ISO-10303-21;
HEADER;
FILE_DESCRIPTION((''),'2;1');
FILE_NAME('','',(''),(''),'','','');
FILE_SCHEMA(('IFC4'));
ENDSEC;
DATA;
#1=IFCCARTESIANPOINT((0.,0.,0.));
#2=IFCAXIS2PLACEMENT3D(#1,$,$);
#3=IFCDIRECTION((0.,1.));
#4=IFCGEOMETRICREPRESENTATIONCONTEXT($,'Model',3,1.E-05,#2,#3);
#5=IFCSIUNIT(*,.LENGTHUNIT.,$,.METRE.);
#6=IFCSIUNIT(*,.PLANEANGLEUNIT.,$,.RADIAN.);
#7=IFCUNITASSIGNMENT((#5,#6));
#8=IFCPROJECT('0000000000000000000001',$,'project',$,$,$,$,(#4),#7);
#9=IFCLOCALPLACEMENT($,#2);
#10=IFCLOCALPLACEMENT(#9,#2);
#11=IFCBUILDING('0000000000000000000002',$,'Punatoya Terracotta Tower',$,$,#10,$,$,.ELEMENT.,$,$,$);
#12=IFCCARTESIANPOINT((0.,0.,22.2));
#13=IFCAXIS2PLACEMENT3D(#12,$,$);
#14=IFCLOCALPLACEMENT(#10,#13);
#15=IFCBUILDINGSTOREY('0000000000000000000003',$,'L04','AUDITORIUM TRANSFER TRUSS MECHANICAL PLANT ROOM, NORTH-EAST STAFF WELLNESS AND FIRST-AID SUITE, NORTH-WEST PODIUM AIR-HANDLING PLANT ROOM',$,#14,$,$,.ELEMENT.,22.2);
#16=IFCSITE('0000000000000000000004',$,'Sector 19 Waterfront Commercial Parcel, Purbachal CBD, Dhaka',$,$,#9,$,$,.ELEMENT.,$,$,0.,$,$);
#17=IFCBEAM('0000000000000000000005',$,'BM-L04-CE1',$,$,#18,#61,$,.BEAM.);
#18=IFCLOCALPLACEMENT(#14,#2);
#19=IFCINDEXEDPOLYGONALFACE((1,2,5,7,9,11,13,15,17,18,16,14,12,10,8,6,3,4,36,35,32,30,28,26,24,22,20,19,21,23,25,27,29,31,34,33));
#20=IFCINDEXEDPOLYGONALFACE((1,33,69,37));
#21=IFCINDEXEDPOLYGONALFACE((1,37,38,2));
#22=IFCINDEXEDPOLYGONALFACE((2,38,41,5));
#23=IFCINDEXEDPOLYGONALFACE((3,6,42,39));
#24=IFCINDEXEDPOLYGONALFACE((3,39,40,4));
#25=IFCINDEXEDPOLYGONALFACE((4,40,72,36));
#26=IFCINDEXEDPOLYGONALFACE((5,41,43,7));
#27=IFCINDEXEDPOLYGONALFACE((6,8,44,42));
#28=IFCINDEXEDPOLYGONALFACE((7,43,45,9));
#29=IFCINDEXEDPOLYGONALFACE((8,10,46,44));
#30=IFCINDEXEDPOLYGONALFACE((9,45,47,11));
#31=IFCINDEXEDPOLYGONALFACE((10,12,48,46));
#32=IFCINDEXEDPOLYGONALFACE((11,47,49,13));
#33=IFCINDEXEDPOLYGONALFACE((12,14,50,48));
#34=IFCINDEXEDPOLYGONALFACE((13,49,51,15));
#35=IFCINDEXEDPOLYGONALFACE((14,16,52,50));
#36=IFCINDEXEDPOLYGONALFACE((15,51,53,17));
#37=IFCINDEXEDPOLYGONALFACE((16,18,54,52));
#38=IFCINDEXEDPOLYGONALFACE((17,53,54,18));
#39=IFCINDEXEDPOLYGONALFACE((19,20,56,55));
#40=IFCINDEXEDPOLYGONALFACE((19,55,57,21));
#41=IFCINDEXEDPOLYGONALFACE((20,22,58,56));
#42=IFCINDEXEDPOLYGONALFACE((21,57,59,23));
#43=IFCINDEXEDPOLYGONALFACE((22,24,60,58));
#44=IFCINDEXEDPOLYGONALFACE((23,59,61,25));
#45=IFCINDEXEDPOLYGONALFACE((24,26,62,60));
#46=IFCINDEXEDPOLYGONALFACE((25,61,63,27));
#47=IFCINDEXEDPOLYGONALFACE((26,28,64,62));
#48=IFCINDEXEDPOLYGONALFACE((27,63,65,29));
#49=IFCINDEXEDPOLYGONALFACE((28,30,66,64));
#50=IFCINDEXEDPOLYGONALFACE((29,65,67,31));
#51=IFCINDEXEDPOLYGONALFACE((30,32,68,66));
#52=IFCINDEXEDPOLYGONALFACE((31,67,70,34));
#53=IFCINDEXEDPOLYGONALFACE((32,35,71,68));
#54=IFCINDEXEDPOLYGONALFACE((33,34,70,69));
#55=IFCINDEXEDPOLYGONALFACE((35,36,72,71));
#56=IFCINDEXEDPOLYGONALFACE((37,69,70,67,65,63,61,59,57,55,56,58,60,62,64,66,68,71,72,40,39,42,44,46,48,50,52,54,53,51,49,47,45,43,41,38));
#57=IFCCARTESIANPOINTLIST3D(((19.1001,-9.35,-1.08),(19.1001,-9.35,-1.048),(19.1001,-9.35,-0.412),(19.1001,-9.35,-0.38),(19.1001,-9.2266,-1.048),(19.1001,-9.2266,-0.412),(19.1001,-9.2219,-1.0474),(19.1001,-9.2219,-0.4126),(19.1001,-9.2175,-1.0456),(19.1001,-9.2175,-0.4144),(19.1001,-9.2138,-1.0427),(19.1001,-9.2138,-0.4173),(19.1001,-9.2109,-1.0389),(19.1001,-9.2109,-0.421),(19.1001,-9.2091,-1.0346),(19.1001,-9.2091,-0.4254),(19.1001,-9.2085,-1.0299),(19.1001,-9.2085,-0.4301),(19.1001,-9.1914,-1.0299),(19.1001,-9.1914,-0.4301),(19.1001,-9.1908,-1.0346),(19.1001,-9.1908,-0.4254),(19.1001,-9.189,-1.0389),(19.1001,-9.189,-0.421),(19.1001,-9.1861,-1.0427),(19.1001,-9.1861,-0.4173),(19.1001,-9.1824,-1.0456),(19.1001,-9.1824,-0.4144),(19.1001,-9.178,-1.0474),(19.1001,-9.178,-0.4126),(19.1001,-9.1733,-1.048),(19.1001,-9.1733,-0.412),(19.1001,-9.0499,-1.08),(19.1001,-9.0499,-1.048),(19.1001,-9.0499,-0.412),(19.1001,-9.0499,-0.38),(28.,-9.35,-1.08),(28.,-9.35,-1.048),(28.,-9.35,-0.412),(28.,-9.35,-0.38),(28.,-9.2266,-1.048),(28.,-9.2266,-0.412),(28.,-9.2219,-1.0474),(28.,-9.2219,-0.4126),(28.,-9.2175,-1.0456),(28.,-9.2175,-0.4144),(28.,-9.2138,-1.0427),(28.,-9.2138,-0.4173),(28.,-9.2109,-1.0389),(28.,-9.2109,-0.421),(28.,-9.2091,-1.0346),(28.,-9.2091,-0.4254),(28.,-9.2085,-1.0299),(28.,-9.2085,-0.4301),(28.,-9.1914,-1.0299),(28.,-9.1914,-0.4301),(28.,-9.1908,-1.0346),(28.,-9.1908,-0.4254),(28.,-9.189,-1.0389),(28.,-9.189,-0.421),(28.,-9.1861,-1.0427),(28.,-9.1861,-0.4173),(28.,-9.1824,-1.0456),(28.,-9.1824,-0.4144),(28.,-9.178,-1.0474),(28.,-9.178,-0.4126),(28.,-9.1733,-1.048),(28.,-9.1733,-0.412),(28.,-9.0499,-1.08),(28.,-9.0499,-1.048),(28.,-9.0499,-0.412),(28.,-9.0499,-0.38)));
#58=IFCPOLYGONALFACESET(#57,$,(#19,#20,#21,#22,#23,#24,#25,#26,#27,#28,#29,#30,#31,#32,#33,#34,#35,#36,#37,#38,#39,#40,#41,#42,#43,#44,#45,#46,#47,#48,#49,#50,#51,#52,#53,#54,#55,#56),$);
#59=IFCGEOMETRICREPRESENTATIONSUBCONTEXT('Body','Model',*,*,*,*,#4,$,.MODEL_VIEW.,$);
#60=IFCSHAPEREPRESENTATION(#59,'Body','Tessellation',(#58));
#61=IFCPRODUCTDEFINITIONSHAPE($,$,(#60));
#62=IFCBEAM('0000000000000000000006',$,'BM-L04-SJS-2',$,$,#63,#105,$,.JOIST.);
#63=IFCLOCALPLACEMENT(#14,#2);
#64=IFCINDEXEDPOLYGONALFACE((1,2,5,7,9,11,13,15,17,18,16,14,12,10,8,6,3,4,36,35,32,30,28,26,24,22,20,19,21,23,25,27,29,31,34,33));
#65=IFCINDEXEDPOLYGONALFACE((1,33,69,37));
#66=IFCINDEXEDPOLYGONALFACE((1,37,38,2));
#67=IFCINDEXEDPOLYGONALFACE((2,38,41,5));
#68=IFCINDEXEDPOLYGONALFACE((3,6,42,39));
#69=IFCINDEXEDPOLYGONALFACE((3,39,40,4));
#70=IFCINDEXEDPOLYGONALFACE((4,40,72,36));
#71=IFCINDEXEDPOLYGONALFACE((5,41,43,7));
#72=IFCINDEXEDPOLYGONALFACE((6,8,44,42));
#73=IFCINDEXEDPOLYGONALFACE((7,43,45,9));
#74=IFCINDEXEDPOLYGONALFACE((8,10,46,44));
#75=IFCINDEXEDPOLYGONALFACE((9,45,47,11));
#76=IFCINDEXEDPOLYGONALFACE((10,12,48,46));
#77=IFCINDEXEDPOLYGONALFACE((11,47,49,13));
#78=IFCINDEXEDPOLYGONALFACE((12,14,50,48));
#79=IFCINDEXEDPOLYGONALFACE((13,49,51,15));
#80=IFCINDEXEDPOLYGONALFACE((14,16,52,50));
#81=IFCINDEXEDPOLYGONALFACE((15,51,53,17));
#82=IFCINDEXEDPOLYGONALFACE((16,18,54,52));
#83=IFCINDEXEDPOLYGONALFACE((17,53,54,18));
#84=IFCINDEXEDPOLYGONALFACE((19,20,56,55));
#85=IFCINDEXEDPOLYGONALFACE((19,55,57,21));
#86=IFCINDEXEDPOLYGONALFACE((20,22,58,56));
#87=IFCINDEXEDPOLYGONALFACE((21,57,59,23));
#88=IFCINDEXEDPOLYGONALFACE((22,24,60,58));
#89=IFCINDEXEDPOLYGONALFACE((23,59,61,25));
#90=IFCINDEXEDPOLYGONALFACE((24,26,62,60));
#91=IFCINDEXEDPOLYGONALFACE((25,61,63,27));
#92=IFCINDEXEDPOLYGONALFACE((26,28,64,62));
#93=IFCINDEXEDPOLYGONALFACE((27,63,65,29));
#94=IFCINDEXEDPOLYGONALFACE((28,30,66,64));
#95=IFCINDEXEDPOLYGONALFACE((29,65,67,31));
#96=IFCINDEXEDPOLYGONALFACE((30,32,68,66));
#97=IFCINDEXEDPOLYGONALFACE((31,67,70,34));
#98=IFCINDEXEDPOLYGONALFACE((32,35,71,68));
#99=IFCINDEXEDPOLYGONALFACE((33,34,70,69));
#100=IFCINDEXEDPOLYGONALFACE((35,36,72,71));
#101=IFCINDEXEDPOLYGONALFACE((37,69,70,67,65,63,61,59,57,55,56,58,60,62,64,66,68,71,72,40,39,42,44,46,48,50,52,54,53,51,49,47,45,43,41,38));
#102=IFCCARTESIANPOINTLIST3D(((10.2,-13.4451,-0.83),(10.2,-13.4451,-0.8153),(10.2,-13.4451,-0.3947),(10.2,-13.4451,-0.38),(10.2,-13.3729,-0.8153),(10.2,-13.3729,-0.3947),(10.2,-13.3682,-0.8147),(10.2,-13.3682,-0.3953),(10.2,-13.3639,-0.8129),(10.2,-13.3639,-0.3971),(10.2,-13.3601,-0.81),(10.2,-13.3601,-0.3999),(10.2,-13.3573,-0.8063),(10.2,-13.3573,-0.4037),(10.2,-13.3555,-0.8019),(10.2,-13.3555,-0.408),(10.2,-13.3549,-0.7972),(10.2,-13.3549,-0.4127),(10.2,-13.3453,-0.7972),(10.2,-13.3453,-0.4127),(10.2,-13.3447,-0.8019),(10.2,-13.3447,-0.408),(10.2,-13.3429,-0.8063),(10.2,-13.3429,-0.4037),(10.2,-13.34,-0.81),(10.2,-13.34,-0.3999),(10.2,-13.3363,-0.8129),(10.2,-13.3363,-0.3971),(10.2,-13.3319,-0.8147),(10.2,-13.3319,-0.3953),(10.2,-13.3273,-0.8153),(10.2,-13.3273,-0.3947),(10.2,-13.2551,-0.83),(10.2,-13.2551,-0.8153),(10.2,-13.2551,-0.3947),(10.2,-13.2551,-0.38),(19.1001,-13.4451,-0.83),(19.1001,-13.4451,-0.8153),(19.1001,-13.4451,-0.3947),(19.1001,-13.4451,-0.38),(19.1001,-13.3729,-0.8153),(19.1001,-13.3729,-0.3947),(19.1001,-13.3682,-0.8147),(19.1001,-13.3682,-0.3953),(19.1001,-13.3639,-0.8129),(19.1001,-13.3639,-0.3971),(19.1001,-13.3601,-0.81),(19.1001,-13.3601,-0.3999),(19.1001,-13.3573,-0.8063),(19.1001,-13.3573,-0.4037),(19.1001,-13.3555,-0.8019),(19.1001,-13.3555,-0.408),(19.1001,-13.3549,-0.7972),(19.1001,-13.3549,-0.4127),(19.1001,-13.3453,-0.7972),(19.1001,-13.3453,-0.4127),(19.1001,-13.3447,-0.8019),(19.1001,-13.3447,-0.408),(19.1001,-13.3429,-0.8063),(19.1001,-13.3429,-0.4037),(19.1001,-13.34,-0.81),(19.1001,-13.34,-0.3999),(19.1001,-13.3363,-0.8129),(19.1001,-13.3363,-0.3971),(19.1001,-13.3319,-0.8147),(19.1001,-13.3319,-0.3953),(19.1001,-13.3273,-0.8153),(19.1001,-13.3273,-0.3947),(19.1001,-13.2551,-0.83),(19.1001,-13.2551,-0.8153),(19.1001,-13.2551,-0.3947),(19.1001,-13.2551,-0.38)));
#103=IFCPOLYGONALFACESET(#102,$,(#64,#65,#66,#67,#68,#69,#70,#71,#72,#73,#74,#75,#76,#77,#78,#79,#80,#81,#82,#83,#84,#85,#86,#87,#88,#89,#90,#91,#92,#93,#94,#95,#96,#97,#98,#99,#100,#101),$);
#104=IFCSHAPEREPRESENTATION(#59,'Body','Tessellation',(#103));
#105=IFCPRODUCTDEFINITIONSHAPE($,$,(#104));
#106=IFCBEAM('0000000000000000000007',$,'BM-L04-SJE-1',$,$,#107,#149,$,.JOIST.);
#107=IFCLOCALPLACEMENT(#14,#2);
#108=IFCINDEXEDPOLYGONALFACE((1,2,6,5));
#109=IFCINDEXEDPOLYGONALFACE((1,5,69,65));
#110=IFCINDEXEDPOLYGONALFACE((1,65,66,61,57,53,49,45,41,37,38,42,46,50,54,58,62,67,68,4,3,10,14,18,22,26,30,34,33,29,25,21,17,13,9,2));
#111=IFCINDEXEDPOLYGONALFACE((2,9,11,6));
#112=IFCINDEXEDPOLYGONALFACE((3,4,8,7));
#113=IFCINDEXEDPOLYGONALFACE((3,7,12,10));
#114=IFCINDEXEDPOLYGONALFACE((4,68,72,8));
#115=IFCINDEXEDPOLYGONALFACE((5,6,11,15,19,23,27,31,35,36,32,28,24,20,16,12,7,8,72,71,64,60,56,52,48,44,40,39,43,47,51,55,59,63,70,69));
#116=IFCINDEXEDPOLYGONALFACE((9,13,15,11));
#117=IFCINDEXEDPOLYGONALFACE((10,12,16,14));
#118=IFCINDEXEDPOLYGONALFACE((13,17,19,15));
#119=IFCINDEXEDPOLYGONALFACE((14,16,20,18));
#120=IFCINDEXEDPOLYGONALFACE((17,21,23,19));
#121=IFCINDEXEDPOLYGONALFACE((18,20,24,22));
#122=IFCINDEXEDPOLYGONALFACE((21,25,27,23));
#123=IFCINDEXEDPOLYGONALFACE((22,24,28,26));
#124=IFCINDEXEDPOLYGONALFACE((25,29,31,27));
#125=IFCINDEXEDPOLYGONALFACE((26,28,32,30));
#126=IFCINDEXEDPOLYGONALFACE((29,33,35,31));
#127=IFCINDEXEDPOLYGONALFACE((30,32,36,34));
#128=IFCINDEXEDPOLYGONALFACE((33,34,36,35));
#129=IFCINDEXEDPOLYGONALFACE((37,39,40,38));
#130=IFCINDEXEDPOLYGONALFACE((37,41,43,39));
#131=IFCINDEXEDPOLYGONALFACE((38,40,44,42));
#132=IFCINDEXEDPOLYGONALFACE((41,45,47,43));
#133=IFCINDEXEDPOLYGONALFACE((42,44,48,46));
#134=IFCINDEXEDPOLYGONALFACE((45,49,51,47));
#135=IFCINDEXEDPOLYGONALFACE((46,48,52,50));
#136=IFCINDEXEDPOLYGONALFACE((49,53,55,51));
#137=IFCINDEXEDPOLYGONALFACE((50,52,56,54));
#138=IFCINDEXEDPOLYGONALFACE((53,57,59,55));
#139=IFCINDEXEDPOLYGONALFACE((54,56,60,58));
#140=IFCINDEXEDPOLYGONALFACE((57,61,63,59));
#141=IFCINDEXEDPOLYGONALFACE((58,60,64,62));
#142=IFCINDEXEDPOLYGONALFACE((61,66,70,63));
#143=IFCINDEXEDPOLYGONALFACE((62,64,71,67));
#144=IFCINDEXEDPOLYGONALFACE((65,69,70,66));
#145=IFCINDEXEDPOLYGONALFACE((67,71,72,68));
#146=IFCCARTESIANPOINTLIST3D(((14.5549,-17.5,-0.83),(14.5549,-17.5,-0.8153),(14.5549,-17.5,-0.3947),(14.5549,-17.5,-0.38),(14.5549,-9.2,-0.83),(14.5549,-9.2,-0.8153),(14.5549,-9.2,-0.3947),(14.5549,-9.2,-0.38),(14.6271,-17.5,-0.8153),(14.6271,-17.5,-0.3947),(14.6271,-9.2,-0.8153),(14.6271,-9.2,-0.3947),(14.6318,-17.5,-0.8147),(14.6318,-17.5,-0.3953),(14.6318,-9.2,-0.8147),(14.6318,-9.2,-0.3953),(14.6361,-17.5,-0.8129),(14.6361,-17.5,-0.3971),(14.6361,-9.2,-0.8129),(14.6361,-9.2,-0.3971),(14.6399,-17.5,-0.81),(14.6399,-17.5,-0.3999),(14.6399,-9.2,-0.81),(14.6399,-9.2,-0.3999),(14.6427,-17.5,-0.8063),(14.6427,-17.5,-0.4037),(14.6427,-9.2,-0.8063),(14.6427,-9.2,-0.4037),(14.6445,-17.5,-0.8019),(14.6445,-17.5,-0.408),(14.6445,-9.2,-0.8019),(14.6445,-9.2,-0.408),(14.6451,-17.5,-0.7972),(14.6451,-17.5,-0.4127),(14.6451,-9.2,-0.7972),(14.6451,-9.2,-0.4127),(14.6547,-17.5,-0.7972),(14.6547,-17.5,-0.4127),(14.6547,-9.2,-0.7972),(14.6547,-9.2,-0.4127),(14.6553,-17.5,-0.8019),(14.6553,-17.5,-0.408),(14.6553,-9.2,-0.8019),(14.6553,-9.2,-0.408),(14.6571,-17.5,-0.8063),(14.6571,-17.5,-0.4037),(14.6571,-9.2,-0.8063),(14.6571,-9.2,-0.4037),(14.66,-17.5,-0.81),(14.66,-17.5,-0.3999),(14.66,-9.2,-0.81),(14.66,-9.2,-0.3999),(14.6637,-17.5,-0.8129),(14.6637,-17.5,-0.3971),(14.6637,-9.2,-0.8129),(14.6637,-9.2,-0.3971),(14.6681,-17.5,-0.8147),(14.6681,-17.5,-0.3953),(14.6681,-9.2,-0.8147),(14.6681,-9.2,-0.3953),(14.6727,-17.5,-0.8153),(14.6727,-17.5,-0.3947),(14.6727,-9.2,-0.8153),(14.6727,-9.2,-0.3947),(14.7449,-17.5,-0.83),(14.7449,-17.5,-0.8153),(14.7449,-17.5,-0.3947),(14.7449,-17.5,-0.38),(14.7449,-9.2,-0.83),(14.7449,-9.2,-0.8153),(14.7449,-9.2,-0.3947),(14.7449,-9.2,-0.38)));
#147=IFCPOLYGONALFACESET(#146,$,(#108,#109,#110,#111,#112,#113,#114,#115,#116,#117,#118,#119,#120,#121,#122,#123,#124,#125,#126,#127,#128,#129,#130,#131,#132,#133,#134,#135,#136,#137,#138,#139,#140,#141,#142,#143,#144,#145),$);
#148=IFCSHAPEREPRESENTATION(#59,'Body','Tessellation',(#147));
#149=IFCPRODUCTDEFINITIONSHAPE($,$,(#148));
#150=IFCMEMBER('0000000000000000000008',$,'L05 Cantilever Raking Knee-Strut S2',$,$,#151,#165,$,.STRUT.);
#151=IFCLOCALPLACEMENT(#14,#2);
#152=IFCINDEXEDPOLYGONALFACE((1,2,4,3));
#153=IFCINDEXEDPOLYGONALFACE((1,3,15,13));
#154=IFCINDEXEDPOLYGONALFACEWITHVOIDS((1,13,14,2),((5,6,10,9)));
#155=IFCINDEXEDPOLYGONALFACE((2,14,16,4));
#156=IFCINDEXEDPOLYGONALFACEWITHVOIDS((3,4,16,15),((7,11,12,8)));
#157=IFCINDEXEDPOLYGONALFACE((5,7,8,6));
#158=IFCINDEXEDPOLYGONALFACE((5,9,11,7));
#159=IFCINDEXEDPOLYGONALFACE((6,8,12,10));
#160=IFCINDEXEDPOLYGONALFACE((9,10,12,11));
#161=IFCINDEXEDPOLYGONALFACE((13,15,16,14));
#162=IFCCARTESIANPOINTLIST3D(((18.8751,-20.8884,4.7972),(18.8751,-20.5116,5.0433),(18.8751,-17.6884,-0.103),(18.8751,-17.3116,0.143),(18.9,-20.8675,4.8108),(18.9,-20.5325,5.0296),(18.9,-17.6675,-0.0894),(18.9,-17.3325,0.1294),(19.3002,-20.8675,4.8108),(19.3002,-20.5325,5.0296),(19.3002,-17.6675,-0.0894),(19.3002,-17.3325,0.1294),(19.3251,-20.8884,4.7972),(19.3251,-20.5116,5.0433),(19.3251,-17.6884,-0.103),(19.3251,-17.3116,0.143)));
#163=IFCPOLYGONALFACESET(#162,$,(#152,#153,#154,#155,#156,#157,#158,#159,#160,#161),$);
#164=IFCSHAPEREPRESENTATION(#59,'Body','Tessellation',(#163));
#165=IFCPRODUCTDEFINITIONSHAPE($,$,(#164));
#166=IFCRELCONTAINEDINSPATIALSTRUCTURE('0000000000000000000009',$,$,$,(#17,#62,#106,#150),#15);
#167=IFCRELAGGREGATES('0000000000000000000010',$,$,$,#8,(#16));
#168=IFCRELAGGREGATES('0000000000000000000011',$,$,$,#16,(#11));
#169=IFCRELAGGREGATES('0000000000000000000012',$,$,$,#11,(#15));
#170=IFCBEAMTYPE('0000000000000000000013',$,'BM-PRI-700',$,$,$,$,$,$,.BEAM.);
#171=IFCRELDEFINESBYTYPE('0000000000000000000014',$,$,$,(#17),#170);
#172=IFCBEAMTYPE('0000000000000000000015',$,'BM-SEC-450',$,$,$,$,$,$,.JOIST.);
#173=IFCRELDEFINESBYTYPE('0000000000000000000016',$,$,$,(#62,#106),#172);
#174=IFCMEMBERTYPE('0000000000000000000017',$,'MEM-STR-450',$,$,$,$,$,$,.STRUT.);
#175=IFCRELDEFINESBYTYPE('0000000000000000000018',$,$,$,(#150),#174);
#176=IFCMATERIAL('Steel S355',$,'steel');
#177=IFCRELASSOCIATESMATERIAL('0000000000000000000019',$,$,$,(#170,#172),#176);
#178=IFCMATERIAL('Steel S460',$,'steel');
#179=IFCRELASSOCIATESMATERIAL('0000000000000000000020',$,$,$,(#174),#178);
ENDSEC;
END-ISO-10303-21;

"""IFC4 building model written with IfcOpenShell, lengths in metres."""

from ifc_helpers import new_model, si_unit, direction, frame, origin, origin_2d, place, context, subcontext, project, spatial, hollow_rectangle, i_section, extrude, material, material_profile, profile_set, type_object, element, save


model = new_model("IFC4")

# Units and contexts
model_context = context("Model", 3, precision=1e-05, world=origin(), true_north=direction((0.0, 1.0)))
body_context = subcontext(model_context, "Body", "Model", "MODEL_VIEW")
ifc_project = project(units=[si_unit("LENGTHUNIT", "METRE"), si_unit("PLANEANGLEUNIT", "RADIAN")], contexts=[model_context])

# Site, building, storey
site_placement = place(None, origin())
site = spatial("IfcSite", under=ifc_project, at=site_placement, Name="Sector 19 Waterfront Commercial Parcel, Purbachal CBD, Dhaka", CompositionType="ELEMENT", RefElevation=0.0)
building_placement = place(site_placement, origin())
building = spatial("IfcBuilding", under=site, at=building_placement, Name="Punatoya Terracotta Tower", CompositionType="ELEMENT")
storey_placement = place(building_placement, frame((0.0, 0.0, 22.2)))
storey = spatial("IfcBuildingStorey", under=building, at=storey_placement, Name="L04", Description="AUDITORIUM TRANSFER TRUSS MECHANICAL PLANT ROOM, NORTH-EAST STAFF WELLNESS AND FIRST-AID SUITE, NORTH-WEST PODIUM AIR-HANDLING PLANT ROOM", CompositionType="ELEMENT", Elevation=22.2)

# Shared definitions
ifc_material_1 = material(Name="Steel S460", Category="steel")

# Beams
ifc_material_2 = material(Name="Steel S355", Category="steel")
ifc_material_profile_1 = material_profile(ifc_material_2, i_section(OverallWidth=0.3, OverallDepth=0.7, WebThickness=0.0171, FlangeThickness=0.032, FilletRadius=0.0181, at=origin_2d()))
ifc_profile_set_1 = profile_set([ifc_material_profile_1], Name="Steel S355")
beam_type_1 = type_object("IfcBeamType", Name="BM-PRI-700", PredefinedType="BEAM", material=ifc_profile_set_1)
for number, where, z_axis, x_axis, name in (
    (1, (19.1001, -9.2, -0.73), (1.0, 0.0, 0.0), (0.0, 1.0, 0.0), "BM-L04-CE1"),
):
    element("IfcBeam", number, at=place(storey_placement, frame(where, z_axis=z_axis, x_axis=x_axis)), inside=storey, type_object=beam_type_1, Name=name, PredefinedType="BEAM", context=body_context, shape_type="SweptSolid", body=[
        extrude(i_section(OverallWidth=0.3, OverallDepth=0.7, WebThickness=0.0171, FlangeThickness=0.032, FilletRadius=0.0181, at=origin_2d()), origin(), (0.0, 0.0, 1.0), 8.8999),
    ])
ifc_material_profile_2 = material_profile(ifc_material_2, i_section(OverallWidth=0.1899, OverallDepth=0.45, WebThickness=0.0095, FlangeThickness=0.0146, FilletRadius=0.0181, at=origin_2d()))
ifc_profile_set_2 = profile_set([ifc_material_profile_2], Name="Steel S355")
beam_type_2 = type_object("IfcBeamType", Name="BM-SEC-450", PredefinedType="JOIST", material=ifc_profile_set_2)
beam_1_placement = place(storey_placement, frame((10.2, -13.3501, -0.605), z_axis=(1.0, 0.0, 0.0), x_axis=(0.0, 1.0, 0.0)))
element("IfcBeam", 2, at=beam_1_placement, inside=storey, type_object=beam_type_2, Name="BM-L04-SJS-2", PredefinedType="JOIST", context=body_context, shape_type="SweptSolid", body=[
    extrude(i_section(OverallWidth=0.1899, OverallDepth=0.45, WebThickness=0.0095, FlangeThickness=0.0146, FilletRadius=0.0181, at=origin_2d()), origin(), (0.0, 0.0, 1.0), 8.9001),
])
beam_2_placement = place(storey_placement, frame((14.6499, -17.5, -0.605), z_axis=(0.0, 1.0, 0.0), x_axis=(-1.0, 0.0, 0.0)))
element("IfcBeam", 3, at=beam_2_placement, inside=storey, type_object=beam_type_2, Name="BM-L04-SJE-1", PredefinedType="JOIST", context=body_context, shape_type="SweptSolid", body=[
    extrude(i_section(OverallWidth=0.1899, OverallDepth=0.45, WebThickness=0.0095, FlangeThickness=0.0146, FilletRadius=0.0181, at=origin_2d()), origin(), (0.0, 0.0, 1.0), 8.3),
])

# Member
ifc_material_profile_3 = material_profile(ifc_material_1, hollow_rectangle(XDim=0.45, YDim=0.45, WallThickness=0.0249, at=origin_2d()))
ifc_profile_set_3 = profile_set([ifc_material_profile_3], Name="Steel S460")
member_type = type_object("IfcMemberType", Name="MEM-STR-450", PredefinedType="STRUT", material=ifc_profile_set_3)
member_placement = place(storey_placement, frame((19.1001, -17.5, 0.02), z_axis=(0.0, -0.546772, 0.837282), x_axis=(1.0, 0.0, 0.0)))
element("IfcMember", 4, at=member_placement, inside=storey, type_object=member_type, Name="L05 Cantilever Raking Knee-Strut S2", PredefinedType="STRUT", context=body_context, shape_type="SweptSolid", body=[
    extrude(hollow_rectangle(XDim=0.45, YDim=0.45, WallThickness=0.0249, at=origin_2d()), origin(), (0.0, 0.0, 1.0), 5.8525),
])

save(model, "model.ifc")
